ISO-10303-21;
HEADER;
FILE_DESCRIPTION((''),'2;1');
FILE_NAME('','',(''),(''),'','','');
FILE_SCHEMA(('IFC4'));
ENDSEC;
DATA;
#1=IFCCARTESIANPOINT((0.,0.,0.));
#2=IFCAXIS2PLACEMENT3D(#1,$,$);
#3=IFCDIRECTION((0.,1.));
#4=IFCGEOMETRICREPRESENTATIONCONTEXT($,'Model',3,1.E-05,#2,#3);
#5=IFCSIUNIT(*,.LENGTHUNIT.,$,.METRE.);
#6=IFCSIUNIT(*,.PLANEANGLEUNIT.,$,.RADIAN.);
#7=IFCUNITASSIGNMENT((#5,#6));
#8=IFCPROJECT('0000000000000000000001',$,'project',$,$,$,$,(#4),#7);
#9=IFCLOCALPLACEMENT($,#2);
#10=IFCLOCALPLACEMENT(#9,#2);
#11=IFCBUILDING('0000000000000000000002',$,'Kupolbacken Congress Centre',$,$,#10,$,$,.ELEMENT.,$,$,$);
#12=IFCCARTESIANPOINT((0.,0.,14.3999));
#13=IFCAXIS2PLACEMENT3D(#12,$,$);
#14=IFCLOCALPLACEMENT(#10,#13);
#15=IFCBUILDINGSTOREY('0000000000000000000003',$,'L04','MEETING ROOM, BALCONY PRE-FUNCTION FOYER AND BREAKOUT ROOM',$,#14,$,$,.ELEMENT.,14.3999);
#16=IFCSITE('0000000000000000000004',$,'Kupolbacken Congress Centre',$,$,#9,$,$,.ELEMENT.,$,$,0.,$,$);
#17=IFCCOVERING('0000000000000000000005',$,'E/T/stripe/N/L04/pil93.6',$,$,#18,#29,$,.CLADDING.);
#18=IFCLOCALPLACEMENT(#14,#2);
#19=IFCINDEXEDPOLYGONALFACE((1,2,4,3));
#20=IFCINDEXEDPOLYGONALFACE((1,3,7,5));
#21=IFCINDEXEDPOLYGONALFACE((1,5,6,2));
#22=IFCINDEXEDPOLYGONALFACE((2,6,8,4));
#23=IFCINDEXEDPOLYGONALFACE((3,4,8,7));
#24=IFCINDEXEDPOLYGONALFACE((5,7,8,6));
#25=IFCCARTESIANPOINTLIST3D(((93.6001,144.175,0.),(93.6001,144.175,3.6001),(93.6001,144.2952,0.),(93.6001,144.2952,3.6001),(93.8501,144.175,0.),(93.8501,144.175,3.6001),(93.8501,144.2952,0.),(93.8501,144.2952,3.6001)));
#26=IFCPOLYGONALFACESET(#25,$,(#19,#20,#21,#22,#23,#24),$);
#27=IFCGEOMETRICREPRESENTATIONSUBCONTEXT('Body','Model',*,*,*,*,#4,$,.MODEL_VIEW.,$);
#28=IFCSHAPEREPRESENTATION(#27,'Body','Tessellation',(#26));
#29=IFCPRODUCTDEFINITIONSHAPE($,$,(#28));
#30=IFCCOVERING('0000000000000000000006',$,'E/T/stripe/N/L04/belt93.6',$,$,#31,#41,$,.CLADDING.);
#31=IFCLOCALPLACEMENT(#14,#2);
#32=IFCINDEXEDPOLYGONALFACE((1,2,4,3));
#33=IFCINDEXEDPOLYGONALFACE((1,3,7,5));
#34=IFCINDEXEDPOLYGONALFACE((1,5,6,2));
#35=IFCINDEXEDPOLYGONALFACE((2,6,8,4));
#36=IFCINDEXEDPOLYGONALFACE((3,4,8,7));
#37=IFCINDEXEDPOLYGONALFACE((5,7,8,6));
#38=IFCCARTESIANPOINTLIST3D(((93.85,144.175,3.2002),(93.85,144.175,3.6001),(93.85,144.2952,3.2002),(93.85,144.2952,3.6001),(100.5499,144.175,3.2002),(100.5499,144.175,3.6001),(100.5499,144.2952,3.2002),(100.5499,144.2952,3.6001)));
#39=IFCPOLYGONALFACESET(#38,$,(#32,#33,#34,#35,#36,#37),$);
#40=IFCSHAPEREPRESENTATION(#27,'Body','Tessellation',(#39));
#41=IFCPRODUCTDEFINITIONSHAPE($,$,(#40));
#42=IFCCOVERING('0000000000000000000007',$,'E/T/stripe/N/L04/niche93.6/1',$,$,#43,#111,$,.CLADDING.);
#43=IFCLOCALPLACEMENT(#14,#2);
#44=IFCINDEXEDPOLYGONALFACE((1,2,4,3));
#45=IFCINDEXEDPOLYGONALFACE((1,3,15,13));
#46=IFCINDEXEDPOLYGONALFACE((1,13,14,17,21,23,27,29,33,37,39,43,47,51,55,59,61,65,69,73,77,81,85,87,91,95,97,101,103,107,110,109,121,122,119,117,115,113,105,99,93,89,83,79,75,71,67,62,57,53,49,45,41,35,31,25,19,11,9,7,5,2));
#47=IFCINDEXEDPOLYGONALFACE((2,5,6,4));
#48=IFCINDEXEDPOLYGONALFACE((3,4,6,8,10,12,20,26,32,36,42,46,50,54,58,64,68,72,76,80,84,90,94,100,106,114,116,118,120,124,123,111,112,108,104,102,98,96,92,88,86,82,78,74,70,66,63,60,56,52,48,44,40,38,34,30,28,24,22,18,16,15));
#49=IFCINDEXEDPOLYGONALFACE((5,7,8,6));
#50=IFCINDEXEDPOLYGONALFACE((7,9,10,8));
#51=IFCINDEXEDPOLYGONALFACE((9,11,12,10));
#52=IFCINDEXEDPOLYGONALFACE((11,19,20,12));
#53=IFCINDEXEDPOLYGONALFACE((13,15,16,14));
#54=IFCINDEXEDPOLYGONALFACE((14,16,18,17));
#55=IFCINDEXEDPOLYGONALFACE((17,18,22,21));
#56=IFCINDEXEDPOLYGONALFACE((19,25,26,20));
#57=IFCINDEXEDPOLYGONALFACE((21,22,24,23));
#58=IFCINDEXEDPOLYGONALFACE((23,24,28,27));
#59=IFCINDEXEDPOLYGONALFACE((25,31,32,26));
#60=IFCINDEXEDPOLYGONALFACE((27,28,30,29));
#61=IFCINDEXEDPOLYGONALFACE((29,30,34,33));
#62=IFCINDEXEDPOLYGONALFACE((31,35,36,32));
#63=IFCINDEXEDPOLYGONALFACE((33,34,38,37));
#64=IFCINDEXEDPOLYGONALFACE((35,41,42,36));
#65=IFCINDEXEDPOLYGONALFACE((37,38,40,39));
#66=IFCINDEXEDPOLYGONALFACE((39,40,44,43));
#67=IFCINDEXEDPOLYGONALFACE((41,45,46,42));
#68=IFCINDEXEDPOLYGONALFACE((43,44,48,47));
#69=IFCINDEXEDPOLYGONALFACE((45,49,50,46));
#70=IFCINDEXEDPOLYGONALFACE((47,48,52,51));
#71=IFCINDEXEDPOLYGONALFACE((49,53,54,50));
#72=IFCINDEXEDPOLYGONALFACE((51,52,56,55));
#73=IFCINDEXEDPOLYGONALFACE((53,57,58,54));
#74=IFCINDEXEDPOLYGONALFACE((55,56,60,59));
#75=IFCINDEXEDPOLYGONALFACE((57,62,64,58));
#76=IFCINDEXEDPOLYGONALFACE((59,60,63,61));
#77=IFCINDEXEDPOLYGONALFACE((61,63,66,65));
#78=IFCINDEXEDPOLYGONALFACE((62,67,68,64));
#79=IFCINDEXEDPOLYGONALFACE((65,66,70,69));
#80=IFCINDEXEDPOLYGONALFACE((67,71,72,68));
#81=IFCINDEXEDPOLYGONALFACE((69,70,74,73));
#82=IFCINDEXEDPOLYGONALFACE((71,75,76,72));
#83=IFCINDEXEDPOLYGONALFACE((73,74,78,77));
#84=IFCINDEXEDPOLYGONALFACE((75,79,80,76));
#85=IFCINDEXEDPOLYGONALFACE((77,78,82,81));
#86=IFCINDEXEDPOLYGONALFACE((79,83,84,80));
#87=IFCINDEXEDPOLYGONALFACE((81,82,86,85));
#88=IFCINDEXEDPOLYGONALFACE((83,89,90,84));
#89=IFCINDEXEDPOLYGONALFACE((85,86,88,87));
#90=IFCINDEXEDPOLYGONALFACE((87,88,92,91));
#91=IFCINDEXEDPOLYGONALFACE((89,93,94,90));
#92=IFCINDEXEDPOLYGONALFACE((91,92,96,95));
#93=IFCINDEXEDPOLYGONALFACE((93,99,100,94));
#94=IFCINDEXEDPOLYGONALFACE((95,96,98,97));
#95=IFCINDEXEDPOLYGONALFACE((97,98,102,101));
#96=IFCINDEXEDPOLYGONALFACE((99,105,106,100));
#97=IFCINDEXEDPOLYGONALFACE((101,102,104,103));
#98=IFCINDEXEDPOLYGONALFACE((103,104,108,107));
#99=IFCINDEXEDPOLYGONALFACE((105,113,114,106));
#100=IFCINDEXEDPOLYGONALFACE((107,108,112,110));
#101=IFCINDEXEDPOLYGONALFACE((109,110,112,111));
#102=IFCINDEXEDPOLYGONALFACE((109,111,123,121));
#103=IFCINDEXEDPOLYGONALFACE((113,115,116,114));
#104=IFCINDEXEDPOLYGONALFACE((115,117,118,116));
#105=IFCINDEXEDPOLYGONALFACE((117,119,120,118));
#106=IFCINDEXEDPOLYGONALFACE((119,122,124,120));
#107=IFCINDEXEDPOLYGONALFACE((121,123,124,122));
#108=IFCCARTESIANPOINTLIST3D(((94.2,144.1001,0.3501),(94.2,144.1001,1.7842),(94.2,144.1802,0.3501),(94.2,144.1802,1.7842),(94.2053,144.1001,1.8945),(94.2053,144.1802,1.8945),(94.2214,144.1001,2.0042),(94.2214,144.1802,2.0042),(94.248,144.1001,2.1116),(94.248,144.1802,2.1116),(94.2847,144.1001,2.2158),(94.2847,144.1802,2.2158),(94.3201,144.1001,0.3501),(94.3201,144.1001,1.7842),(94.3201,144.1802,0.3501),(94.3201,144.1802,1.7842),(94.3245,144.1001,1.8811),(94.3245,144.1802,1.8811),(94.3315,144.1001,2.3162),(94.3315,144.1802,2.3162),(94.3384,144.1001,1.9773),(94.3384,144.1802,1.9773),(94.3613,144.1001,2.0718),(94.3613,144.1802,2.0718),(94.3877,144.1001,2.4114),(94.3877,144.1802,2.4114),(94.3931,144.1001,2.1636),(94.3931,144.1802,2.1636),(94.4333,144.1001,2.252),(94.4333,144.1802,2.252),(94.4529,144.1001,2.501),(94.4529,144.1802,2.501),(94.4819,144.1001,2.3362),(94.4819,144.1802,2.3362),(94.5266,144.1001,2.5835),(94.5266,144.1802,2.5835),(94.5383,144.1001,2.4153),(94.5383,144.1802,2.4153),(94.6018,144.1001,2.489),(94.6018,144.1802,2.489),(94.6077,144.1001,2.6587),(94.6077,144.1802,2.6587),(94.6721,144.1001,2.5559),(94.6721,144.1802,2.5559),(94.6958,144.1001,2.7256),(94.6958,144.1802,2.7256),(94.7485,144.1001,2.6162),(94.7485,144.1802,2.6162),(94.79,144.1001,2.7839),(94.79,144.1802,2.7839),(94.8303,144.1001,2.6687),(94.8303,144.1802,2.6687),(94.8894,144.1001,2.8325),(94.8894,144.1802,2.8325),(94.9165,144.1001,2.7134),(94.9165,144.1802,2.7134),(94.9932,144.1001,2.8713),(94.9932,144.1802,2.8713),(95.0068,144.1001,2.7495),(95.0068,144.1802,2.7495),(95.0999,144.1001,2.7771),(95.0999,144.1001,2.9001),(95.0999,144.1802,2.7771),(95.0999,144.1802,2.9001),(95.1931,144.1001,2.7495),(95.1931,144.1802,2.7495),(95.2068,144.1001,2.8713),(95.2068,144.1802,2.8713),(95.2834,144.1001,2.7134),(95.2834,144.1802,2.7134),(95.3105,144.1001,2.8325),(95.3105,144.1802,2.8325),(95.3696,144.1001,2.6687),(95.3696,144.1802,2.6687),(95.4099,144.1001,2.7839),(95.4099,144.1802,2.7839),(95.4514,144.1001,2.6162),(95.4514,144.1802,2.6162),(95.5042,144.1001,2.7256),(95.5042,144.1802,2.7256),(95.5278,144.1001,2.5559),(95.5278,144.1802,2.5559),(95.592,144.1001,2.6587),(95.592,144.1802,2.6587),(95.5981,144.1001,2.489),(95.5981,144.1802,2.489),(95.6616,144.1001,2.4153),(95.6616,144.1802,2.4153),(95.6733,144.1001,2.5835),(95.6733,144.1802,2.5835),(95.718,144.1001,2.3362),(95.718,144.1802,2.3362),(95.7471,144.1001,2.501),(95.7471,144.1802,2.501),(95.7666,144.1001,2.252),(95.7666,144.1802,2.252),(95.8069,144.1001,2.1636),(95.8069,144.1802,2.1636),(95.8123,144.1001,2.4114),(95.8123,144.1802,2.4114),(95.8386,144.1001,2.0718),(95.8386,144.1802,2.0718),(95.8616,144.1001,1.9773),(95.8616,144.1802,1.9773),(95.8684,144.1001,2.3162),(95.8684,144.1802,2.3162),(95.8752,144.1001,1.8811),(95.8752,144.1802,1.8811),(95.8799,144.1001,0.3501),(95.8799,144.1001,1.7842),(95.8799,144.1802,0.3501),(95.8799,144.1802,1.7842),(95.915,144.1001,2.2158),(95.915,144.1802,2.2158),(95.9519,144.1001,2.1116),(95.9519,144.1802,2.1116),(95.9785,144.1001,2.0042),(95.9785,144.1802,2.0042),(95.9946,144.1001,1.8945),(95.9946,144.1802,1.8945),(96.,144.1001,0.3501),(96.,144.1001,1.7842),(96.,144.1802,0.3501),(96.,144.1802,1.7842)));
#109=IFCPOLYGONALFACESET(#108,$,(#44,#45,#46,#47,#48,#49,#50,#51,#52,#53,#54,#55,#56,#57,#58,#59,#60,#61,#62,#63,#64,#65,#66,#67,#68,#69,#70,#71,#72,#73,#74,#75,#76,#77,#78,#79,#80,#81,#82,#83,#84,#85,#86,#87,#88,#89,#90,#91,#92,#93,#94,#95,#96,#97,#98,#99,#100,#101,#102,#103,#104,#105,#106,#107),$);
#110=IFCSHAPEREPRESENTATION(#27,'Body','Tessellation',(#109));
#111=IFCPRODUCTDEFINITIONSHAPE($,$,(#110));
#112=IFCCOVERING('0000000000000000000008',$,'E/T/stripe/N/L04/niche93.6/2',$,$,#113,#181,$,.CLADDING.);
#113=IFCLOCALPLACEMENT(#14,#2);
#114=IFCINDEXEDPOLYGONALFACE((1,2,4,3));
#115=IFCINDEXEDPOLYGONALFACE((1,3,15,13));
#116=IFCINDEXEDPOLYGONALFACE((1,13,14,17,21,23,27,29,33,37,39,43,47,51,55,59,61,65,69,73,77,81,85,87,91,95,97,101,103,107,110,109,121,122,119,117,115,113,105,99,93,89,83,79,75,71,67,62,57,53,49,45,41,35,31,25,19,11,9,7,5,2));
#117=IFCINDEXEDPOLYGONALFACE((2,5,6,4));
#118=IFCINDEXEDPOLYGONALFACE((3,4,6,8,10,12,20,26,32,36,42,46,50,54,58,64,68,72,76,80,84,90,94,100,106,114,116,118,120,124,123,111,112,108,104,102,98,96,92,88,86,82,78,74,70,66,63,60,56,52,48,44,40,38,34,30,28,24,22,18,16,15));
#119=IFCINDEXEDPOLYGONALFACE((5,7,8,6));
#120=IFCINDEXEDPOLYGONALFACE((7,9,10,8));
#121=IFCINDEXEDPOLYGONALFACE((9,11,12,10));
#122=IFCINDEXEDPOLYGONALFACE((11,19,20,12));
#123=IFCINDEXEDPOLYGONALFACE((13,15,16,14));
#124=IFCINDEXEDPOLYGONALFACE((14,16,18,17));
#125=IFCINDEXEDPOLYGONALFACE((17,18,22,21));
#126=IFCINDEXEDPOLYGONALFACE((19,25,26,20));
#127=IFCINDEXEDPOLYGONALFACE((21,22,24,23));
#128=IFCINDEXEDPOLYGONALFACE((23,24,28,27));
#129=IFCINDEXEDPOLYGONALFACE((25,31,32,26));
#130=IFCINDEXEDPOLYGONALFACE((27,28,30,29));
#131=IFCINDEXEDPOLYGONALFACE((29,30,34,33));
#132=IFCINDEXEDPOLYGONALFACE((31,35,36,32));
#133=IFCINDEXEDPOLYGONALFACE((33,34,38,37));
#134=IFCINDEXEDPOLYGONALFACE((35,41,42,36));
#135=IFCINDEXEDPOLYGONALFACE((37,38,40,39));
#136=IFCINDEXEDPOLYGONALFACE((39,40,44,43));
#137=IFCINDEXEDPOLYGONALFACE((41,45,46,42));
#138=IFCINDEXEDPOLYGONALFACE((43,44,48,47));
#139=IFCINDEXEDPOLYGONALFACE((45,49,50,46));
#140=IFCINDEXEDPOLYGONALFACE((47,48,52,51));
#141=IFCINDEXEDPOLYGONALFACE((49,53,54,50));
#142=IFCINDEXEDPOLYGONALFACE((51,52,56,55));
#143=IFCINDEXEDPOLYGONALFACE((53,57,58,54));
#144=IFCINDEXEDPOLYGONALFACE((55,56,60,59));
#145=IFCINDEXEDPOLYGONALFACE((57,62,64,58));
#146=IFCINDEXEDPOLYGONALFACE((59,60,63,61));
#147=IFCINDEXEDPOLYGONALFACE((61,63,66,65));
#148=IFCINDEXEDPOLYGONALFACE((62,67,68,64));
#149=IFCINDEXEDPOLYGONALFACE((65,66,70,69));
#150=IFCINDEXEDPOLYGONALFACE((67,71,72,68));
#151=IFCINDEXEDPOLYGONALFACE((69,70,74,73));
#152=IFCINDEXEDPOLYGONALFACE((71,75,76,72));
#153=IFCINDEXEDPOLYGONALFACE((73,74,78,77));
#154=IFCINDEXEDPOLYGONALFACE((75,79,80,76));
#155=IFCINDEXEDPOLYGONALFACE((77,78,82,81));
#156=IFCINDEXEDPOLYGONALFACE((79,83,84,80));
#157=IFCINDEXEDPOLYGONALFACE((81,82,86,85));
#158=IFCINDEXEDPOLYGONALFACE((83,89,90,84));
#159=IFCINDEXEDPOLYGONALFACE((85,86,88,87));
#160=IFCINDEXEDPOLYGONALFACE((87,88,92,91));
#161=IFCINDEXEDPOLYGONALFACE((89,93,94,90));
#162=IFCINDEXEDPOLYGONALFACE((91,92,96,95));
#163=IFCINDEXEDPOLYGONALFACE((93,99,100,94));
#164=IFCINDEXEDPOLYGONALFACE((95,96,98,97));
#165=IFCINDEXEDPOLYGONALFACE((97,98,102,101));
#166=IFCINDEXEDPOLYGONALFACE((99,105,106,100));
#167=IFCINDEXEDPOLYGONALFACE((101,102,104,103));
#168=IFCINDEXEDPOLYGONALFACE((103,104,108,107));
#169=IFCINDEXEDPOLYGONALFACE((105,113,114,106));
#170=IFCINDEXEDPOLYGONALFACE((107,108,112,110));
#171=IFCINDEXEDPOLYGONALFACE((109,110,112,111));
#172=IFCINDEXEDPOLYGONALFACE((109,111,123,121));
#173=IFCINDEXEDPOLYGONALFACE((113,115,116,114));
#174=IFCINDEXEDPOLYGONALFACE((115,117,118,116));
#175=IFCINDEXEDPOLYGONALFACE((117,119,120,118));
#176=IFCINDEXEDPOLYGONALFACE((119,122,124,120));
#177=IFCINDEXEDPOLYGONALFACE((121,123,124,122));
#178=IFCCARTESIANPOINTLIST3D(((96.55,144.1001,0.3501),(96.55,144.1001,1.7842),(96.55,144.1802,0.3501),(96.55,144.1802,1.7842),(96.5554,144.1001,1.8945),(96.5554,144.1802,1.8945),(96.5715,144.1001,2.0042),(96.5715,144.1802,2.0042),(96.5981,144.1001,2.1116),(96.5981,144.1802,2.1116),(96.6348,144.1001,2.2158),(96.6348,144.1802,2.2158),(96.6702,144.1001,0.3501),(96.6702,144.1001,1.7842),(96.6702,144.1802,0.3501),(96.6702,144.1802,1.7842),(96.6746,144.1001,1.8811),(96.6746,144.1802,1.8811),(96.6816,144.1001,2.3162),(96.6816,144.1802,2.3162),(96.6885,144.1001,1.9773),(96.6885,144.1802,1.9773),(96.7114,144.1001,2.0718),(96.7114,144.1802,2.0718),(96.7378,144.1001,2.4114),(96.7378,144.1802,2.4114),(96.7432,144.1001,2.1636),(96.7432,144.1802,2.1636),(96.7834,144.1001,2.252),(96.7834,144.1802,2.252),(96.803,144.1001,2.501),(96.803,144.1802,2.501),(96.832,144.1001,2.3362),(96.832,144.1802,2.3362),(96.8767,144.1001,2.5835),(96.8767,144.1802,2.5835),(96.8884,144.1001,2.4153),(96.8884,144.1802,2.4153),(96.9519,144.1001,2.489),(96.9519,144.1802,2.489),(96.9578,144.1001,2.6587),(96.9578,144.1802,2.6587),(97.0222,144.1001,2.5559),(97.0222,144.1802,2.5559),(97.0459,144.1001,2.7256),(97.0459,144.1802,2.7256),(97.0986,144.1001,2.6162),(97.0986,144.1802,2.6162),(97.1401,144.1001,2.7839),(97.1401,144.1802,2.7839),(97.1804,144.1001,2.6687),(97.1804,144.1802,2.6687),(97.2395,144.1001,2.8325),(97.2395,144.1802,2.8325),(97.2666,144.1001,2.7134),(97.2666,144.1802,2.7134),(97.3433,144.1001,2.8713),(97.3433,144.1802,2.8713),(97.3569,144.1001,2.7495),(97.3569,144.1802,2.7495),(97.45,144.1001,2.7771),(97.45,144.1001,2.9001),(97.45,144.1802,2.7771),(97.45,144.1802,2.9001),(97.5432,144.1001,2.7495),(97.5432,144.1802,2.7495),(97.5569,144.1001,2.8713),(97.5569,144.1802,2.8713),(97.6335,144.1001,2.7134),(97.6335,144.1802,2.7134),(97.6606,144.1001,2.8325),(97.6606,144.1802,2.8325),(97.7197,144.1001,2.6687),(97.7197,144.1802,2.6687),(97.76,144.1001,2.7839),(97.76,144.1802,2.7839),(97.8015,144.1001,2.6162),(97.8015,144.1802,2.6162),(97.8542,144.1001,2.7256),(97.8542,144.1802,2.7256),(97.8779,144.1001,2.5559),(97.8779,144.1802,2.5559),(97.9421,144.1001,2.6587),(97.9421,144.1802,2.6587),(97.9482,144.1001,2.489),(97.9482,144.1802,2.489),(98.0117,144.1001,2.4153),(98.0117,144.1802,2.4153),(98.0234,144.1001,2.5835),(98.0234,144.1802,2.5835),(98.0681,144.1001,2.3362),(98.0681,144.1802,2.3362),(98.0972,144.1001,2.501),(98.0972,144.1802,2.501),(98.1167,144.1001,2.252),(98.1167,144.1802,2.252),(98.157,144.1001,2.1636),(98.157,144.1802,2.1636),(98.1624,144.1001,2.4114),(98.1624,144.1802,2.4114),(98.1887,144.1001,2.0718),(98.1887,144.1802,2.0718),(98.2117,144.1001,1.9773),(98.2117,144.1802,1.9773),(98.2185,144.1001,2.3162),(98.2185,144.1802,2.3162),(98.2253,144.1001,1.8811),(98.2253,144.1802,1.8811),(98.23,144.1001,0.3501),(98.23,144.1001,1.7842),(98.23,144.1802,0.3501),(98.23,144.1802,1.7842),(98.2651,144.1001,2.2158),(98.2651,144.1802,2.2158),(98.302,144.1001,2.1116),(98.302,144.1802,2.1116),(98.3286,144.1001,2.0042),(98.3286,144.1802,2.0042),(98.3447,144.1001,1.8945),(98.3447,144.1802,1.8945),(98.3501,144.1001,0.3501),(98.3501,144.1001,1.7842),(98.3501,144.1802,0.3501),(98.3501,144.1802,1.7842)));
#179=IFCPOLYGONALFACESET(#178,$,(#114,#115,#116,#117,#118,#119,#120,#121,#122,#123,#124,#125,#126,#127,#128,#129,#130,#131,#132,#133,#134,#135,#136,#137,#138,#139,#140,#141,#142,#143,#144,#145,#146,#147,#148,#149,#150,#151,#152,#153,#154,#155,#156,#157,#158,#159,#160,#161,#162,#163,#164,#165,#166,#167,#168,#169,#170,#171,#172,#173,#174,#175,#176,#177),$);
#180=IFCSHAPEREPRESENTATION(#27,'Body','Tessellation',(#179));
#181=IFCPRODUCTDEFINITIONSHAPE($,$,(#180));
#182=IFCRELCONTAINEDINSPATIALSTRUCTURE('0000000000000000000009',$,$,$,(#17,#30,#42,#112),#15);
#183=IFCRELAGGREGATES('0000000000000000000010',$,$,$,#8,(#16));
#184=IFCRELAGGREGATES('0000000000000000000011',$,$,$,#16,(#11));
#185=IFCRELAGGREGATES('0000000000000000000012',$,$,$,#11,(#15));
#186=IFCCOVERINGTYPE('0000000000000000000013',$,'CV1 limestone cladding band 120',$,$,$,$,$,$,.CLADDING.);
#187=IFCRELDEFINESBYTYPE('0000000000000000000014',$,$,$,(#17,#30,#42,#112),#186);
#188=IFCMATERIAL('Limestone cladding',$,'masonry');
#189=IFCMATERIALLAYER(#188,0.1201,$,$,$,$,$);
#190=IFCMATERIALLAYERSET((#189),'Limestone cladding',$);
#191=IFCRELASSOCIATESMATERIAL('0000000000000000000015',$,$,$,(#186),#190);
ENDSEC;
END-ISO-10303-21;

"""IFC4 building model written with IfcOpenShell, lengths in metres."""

from ifc_helpers import new_model, si_unit, direction, frame, origin, origin_2d, place, context, subcontext, project, spatial, polyline, rectangle, outline, extrude, material, layer, layer_set, type_object, element, save


model = new_model("IFC4")

# Units and contexts
model_context = context("Model", 3, precision=1e-05, world=origin(), true_north=direction((0.0, 1.0)))
body_context = subcontext(model_context, "Body", "Model", "MODEL_VIEW")
ifc_project = project(units=[si_unit("LENGTHUNIT", "METRE"), si_unit("PLANEANGLEUNIT", "RADIAN")], contexts=[model_context])

# Site, building, storey
site_placement = place(None, origin())
site = spatial("IfcSite", under=ifc_project, at=site_placement, Name="Kupolbacken Congress Centre", CompositionType="ELEMENT", RefElevation=0.0)
building_placement = place(site_placement, origin())
building = spatial("IfcBuilding", under=site, at=building_placement, Name="Kupolbacken Congress Centre", CompositionType="ELEMENT")
storey_placement = place(building_placement, frame((0.0, 0.0, 14.3999)))
storey = spatial("IfcBuildingStorey", under=building, at=storey_placement, Name="L04", Description="MEETING ROOM, BALCONY PRE-FUNCTION FOYER AND BREAKOUT ROOM", CompositionType="ELEMENT", Elevation=14.3999)

# Coverings
ifc_material_1 = material(Name="Limestone cladding", Category="masonry")
ifc_layer_1 = layer(ifc_material_1, 0.1201)
ifc_layer_set_1 = layer_set([ifc_layer_1], Name="Limestone cladding")
covering_type = type_object("IfcCoveringType", Name="CV1 limestone cladding band 120", PredefinedType="CLADDING", material=ifc_layer_set_1)
covering_1_placement = place(storey_placement, frame((93.7251, 144.2351, 0.0), z_axis=(0.0, 0.0, 1.0), x_axis=(1.0, 0.0, 0.0)))
element("IfcCovering", 1, at=covering_1_placement, inside=storey, type_object=covering_type, Name="E/T/stripe/N/L04/pil93.6", PredefinedType="CLADDING", context=body_context, shape_type="SweptSolid", body=[
    extrude(rectangle(XDim=0.25, YDim=0.1201, at=origin_2d()), origin(), (0.0, 0.0, 1.0), 3.6001),
])
covering_2_placement = place(storey_placement, frame((97.2, 144.2351, 3.2002), z_axis=(0.0, 0.0, 1.0), x_axis=(1.0, 0.0, 0.0)))
element("IfcCovering", 2, at=covering_2_placement, inside=storey, type_object=covering_type, Name="E/T/stripe/N/L04/belt93.6", PredefinedType="CLADDING", context=body_context, shape_type="SweptSolid", body=[
    extrude(rectangle(XDim=6.7, YDim=0.1201, at=origin_2d()), origin(), (0.0, 0.0, 1.0), 0.3999),
])
covering_3_placement = place(storey_placement, frame((94.2, 144.1001, 0.3501), z_axis=(0.0, 1.0, 0.0), x_axis=(-1.0, 0.0, 0.0)))
element("IfcCovering", 3, at=covering_3_placement, inside=storey, type_object=covering_type, Name="E/T/stripe/N/L04/niche93.6/1", PredefinedType="CLADDING", context=body_context, shape_type="SweptSolid", body=[
    extrude(outline(polyline([(0.0, 0.0), (0.0, 1.4341), (-0.0054, 1.5444), (-0.0215, 1.6541), (-0.0481, 1.7615), (-0.0847, 1.8657), (-0.1316, 1.9661), (-0.1877, 2.0613), (-0.2529, 2.1509), (-0.3267, 2.2334), (-0.4077, 2.3086), (-0.4958, 2.3755), (-0.5901, 2.4338), (-0.6895, 2.4824), (-0.7932, 2.5212), (-0.8999, 2.55), (-1.0068, 2.5212), (-1.1106, 2.4824), (-1.21, 2.4338), (-1.3042, 2.3755), (-1.3921, 2.3086), (-1.4734, 2.2334), (-1.5471, 2.1509), (-1.6123, 2.0613), (-1.6685, 1.9661), (-1.7151, 1.8657), (-1.752, 1.7615), (-1.7786, 1.6541), (-1.7947, 1.5444), (-1.8, 1.4341), (-1.8, 0.0), (-1.6799, 0.0), (-1.6799, 1.4341), (-1.6753, 1.531), (-1.6616, 1.6272), (-1.6387, 1.7217), (-1.6069, 1.8135), (-1.5667, 1.9019), (-1.5181, 1.9861), (-1.4617, 2.0652), (-1.3982, 2.1389), (-1.3279, 2.2058), (-1.2515, 2.2661), (-1.1697, 2.3186), (-1.0835, 2.3633), (-0.9932, 2.3994), (-0.8999, 2.427), (-0.8069, 2.3994), (-0.7166, 2.3633), (-0.6304, 2.3186), (-0.5486, 2.2661), (-0.4722, 2.2058), (-0.4019, 2.1389), (-0.3384, 2.0652), (-0.282, 1.9861), (-0.2334, 1.9019), (-0.1931, 1.8135), (-0.1614, 1.7217), (-0.1384, 1.6272), (-0.1245, 1.531), (-0.1201, 1.4341), (-0.1201, 0.0), (0.0, 0.0)])), origin(), (0.0, 0.0, 1.0), 0.0801),
])
covering_4_placement = place(storey_placement, frame((96.55, 144.1001, 0.3501), z_axis=(0.0, 1.0, 0.0), x_axis=(-1.0, 0.0, 0.0)))
element("IfcCovering", 4, at=covering_4_placement, inside=storey, type_object=covering_type, Name="E/T/stripe/N/L04/niche93.6/2", PredefinedType="CLADDING", context=body_context, shape_type="SweptSolid", body=[
    extrude(outline(polyline([(0.0, 0.0), (0.0, 1.4341), (-0.0054, 1.5444), (-0.0215, 1.6541), (-0.0481, 1.7615), (-0.0847, 1.8657), (-0.1316, 1.9661), (-0.1877, 2.0613), (-0.2529, 2.1509), (-0.3267, 2.2334), (-0.4077, 2.3086), (-0.4958, 2.3755), (-0.5901, 2.4338), (-0.6895, 2.4824), (-0.7932, 2.5212), (-0.8999, 2.55), (-1.0068, 2.5212), (-1.1106, 2.4824), (-1.21, 2.4338), (-1.3042, 2.3755), (-1.3921, 2.3086), (-1.4734, 2.2334), (-1.5471, 2.1509), (-1.6123, 2.0613), (-1.6685, 1.9661), (-1.7151, 1.8657), (-1.752, 1.7615), (-1.7786, 1.6541), (-1.7947, 1.5444), (-1.8, 1.4341), (-1.8, 0.0), (-1.6799, 0.0), (-1.6799, 1.4341), (-1.6753, 1.531), (-1.6616, 1.6272), (-1.6387, 1.7217), (-1.6069, 1.8135), (-1.5667, 1.9019), (-1.5181, 1.9861), (-1.4617, 2.0652), (-1.3982, 2.1389), (-1.3279, 2.2058), (-1.2515, 2.2661), (-1.1697, 2.3186), (-1.0835, 2.3633), (-0.9932, 2.3994), (-0.8999, 2.427), (-0.8069, 2.3994), (-0.7166, 2.3633), (-0.6304, 2.3186), (-0.5486, 2.2661), (-0.4722, 2.2058), (-0.4019, 2.1389), (-0.3384, 2.0652), (-0.282, 1.9861), (-0.2334, 1.9019), (-0.1931, 1.8135), (-0.1614, 1.7217), (-0.1384, 1.6272), (-0.1245, 1.531), (-0.1201, 1.4341), (-0.1201, 0.0), (0.0, 0.0)])), origin(), (0.0, 0.0, 1.0), 0.0801),
])

save(model, "model.ifc")
